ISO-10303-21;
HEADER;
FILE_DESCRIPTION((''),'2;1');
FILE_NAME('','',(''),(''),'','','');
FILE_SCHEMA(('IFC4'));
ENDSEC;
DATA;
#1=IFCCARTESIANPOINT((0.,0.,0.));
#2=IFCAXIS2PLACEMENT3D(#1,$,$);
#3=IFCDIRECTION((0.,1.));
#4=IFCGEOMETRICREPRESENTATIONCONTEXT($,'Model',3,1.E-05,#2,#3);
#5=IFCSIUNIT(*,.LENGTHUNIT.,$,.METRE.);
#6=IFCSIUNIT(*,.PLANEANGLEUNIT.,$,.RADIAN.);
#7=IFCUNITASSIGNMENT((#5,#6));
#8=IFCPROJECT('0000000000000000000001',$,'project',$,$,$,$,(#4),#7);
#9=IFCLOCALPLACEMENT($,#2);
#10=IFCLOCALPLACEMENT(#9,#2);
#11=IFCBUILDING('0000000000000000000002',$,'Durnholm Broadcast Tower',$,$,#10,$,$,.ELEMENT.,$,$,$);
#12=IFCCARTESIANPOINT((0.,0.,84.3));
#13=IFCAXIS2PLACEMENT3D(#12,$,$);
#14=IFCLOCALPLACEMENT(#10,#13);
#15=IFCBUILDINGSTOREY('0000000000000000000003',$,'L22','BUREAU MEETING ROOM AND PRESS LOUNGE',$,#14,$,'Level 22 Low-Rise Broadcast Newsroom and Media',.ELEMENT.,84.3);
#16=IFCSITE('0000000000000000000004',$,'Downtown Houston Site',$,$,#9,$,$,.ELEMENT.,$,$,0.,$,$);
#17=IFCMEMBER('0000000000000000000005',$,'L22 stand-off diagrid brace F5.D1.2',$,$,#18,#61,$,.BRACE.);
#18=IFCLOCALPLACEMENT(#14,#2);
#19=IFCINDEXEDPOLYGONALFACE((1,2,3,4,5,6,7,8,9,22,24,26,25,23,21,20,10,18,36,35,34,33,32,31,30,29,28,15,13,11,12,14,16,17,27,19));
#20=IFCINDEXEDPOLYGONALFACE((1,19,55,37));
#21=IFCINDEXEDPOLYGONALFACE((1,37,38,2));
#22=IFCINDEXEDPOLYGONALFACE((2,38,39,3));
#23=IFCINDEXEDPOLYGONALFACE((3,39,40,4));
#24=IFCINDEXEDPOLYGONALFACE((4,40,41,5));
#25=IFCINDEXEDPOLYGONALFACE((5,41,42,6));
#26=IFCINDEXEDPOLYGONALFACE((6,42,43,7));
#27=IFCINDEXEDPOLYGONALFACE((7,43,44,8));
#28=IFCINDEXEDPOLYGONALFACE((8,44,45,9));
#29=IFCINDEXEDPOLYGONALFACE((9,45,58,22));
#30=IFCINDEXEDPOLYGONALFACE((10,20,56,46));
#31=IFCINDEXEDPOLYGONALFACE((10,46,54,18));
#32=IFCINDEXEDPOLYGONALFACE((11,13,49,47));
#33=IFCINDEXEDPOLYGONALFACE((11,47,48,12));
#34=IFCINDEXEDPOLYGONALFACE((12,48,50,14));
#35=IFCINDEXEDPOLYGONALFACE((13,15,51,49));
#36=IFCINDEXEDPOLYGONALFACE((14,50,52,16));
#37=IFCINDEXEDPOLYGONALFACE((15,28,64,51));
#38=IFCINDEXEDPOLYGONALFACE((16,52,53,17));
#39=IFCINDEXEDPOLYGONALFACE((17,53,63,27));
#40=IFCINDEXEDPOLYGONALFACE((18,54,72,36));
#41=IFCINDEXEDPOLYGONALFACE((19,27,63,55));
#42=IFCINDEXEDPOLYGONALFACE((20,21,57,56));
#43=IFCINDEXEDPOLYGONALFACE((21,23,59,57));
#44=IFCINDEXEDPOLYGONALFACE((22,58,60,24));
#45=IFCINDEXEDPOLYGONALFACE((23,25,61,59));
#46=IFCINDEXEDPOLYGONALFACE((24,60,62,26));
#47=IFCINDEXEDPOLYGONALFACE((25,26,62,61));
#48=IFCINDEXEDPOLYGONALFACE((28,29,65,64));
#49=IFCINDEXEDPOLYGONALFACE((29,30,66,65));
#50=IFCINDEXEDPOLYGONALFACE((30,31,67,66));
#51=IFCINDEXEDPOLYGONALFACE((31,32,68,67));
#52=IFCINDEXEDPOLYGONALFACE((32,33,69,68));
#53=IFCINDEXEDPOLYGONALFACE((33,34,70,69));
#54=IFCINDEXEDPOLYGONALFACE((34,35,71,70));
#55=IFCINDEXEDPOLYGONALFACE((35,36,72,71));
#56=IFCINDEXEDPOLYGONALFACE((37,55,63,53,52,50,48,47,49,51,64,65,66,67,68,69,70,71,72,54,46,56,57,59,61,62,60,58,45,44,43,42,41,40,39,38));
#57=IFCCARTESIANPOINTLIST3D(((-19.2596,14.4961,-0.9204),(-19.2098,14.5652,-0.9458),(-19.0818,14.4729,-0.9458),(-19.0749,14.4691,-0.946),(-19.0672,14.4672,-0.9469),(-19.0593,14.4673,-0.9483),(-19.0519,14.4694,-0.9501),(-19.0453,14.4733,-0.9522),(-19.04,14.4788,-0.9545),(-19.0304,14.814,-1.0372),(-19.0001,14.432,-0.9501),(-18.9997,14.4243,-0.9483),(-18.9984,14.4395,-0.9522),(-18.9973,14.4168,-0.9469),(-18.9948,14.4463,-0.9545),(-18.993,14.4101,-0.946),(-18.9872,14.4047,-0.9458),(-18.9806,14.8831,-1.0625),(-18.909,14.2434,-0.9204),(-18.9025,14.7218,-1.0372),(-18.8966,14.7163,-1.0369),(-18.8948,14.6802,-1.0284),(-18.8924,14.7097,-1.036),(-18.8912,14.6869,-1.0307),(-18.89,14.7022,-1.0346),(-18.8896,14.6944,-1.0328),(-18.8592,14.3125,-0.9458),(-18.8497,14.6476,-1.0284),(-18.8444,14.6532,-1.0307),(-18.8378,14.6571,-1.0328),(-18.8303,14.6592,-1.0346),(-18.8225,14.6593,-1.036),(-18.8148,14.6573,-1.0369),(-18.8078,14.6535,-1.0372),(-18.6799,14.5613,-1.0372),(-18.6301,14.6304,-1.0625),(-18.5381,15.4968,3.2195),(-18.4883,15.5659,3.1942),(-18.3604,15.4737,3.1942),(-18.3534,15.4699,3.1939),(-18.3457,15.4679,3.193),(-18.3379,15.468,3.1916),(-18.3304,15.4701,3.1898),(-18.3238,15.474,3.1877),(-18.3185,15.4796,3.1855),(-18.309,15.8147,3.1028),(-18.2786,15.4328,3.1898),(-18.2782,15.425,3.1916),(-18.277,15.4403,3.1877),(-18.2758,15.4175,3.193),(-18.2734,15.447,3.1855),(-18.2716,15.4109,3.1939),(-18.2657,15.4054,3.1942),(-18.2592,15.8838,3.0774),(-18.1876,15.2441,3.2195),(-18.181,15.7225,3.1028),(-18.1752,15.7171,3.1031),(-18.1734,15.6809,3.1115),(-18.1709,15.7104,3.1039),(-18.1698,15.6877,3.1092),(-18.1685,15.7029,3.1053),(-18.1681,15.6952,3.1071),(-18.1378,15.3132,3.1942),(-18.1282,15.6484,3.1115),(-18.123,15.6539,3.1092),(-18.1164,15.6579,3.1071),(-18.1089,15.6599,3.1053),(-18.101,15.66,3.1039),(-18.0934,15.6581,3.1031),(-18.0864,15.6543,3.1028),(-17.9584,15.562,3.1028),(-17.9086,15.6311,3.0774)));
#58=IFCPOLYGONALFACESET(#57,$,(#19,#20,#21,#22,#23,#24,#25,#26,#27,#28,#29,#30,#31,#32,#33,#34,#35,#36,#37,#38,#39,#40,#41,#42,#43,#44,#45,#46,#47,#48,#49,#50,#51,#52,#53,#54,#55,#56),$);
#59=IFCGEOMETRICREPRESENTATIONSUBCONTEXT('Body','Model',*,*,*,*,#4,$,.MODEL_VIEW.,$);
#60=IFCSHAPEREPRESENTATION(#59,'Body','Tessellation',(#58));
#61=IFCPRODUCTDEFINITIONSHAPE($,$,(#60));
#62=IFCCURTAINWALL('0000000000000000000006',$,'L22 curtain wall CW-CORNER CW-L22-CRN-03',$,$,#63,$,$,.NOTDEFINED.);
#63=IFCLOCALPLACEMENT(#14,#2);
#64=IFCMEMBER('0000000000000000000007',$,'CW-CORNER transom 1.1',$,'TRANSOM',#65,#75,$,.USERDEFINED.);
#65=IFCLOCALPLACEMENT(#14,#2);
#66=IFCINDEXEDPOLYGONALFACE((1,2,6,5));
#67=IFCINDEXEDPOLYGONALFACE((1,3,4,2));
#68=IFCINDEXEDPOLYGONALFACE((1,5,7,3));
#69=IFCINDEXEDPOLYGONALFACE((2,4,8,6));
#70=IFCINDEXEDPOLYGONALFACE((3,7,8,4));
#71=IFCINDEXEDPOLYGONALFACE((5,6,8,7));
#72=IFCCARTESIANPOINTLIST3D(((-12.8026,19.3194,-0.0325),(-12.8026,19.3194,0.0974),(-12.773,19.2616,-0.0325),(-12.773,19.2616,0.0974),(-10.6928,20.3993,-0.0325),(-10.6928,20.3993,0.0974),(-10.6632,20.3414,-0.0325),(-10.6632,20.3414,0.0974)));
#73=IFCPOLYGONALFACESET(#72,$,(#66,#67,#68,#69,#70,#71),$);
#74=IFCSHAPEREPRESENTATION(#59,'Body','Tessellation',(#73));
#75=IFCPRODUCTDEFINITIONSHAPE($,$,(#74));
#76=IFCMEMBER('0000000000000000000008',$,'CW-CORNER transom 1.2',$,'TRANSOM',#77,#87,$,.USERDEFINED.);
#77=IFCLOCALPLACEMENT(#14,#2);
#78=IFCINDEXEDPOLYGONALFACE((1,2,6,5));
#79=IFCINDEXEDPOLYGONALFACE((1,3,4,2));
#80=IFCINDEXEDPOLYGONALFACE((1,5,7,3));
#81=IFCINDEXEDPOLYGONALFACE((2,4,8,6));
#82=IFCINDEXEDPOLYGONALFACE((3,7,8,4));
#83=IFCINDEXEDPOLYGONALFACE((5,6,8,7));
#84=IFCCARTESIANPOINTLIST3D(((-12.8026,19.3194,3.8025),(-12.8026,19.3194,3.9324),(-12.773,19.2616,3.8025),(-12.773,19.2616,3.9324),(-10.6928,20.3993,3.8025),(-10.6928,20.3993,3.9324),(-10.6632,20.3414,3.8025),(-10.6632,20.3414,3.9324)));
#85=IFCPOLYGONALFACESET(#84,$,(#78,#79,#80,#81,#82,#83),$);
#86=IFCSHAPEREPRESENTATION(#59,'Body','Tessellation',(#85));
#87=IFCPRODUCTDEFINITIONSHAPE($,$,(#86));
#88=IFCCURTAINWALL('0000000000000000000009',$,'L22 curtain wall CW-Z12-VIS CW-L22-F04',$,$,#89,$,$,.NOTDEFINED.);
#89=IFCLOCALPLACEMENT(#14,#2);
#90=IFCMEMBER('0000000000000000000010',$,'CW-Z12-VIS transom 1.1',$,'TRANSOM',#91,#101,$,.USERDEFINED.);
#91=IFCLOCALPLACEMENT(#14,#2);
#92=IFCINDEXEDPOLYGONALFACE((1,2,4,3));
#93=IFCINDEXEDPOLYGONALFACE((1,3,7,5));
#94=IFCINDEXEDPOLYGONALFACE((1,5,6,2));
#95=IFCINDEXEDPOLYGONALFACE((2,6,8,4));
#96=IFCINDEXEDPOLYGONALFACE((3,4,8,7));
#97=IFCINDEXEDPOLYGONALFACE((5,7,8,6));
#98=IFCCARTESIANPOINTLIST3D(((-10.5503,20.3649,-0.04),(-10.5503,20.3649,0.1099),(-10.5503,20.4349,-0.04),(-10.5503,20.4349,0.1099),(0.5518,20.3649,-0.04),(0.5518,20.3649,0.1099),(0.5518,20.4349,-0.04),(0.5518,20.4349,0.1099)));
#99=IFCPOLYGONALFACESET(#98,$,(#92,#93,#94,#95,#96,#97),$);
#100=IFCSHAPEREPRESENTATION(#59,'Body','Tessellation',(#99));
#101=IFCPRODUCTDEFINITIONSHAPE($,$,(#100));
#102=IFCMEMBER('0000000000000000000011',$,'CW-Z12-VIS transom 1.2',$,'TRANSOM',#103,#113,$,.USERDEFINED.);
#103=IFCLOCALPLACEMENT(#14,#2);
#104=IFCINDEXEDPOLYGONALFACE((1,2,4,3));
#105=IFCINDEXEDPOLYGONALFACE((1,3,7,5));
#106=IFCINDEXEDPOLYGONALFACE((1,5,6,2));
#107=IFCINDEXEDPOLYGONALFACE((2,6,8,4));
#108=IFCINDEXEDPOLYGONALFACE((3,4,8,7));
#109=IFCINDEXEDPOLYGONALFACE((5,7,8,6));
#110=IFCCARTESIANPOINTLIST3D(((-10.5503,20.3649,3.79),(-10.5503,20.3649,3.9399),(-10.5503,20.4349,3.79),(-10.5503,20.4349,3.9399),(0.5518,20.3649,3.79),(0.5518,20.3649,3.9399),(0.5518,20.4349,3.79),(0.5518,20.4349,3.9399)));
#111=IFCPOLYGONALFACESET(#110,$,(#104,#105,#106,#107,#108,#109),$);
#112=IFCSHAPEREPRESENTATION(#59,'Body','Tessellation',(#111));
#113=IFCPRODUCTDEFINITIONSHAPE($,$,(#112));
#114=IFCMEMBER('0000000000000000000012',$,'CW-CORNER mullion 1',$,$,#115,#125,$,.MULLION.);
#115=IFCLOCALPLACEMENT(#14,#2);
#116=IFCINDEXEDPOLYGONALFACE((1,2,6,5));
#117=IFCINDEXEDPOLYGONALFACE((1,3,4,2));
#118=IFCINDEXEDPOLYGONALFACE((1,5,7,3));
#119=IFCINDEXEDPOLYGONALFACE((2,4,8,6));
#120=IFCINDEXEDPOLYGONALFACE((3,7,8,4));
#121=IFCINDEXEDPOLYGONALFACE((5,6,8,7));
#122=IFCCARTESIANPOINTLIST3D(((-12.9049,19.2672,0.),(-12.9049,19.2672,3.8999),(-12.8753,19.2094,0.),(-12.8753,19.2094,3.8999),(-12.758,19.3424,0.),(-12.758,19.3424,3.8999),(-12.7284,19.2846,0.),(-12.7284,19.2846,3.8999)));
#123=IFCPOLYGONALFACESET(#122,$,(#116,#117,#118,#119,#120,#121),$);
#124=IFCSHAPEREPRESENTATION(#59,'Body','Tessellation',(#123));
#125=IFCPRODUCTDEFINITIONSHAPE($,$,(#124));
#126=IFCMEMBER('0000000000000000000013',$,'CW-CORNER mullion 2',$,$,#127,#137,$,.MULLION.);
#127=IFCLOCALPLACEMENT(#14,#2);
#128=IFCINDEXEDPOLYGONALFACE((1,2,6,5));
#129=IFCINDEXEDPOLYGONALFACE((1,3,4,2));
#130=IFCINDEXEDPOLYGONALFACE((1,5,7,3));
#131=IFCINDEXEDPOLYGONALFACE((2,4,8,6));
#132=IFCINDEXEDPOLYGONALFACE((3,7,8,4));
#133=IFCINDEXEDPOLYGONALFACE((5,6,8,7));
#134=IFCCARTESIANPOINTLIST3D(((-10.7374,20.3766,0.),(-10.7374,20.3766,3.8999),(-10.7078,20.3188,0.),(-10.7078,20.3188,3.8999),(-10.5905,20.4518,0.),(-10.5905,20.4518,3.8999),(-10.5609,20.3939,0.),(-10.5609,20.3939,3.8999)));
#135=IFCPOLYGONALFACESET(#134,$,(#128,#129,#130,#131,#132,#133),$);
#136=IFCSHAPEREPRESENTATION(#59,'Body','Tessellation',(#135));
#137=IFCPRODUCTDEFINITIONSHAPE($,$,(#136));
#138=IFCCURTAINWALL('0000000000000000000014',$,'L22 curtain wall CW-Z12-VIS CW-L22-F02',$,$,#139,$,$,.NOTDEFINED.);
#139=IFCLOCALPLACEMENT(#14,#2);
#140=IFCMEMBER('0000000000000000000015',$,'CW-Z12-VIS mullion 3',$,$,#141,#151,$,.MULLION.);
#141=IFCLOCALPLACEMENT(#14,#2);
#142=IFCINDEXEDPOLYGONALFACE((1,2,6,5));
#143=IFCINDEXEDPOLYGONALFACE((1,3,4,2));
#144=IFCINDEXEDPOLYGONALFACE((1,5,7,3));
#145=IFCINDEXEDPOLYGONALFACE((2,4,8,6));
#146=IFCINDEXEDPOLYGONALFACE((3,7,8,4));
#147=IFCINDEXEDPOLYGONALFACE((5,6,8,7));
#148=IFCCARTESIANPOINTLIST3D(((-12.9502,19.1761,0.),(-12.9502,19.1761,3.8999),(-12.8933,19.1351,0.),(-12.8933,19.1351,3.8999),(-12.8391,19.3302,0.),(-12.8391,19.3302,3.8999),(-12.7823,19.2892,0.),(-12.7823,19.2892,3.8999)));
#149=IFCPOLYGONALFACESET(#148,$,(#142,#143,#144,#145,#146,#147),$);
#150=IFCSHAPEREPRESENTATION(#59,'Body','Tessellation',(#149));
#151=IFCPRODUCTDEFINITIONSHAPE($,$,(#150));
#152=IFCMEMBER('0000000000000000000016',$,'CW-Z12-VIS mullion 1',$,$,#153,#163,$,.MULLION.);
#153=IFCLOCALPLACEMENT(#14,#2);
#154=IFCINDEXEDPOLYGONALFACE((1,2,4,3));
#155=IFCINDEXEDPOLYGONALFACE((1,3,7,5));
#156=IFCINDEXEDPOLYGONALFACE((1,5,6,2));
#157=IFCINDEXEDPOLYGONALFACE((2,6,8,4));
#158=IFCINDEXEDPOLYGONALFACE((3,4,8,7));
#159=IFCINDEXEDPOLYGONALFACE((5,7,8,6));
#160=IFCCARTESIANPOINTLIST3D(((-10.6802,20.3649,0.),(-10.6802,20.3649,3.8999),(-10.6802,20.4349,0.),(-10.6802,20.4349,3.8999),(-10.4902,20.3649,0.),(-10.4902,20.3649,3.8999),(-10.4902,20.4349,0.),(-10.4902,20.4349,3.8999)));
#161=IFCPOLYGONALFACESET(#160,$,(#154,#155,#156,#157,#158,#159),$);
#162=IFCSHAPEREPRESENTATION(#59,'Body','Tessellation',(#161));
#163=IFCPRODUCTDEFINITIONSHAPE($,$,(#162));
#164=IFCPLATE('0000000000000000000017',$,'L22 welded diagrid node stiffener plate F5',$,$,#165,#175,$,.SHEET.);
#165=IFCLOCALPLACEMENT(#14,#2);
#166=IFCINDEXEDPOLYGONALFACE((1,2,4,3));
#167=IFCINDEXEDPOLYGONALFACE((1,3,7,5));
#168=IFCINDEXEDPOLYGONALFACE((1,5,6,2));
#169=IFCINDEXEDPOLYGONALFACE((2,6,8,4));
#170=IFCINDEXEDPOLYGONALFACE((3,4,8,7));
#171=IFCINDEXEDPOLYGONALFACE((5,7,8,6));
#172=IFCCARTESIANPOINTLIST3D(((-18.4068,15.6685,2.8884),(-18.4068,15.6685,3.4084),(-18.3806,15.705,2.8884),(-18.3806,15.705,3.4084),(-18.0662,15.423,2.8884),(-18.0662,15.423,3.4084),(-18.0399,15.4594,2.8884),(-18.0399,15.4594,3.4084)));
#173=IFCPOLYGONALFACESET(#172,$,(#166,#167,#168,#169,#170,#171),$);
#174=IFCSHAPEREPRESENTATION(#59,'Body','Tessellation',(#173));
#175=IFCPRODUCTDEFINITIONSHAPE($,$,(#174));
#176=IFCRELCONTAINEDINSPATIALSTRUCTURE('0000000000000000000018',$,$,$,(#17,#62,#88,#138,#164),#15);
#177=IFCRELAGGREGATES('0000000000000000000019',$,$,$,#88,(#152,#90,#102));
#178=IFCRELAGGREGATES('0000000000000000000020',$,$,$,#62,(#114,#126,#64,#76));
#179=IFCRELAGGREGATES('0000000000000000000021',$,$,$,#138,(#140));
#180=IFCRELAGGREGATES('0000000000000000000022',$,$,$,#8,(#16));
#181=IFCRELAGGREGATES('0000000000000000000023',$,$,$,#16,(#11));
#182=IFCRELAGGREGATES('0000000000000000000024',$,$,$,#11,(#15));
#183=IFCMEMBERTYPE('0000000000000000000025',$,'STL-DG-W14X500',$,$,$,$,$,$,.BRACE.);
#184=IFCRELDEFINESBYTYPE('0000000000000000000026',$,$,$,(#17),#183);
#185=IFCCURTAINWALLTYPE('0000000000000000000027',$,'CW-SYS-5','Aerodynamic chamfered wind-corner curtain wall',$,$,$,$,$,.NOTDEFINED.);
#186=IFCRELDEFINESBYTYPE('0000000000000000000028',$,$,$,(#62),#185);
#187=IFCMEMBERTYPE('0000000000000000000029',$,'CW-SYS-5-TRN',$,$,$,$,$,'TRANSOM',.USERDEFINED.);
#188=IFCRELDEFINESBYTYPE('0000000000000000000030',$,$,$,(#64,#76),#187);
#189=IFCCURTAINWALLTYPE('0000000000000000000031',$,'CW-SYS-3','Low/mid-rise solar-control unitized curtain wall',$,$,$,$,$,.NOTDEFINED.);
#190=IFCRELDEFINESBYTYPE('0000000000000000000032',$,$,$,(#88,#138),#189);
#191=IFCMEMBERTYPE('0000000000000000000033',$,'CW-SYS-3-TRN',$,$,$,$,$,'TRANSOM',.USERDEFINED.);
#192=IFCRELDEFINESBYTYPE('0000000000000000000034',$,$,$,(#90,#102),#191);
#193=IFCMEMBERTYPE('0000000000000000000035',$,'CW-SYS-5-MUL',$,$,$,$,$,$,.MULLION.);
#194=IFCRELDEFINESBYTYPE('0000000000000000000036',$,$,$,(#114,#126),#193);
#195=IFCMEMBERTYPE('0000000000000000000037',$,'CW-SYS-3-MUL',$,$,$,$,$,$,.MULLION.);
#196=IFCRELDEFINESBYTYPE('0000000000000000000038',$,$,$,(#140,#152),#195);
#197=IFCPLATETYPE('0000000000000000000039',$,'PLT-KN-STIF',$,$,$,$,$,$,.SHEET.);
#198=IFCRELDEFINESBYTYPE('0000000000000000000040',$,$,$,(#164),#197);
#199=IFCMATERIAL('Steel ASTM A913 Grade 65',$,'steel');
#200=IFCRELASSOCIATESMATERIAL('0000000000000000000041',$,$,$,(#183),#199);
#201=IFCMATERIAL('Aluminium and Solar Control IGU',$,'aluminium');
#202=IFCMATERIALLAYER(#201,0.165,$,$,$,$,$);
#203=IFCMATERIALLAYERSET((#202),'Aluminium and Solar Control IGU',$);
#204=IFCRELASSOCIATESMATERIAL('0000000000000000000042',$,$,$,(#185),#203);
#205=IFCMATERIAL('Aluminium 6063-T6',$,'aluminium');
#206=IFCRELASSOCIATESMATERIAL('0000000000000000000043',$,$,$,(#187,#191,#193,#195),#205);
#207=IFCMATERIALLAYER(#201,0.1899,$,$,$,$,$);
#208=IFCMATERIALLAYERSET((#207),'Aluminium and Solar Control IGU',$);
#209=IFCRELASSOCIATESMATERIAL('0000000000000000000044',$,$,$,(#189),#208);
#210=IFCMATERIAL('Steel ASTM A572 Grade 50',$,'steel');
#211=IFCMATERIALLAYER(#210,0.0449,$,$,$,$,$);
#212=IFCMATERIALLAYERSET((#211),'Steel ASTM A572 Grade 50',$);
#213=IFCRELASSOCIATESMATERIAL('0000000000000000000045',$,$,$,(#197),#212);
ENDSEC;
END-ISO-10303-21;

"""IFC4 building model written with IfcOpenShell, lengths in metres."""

from ifc_helpers import new_model, si_unit, direction, frame, origin, origin_2d, place, context, subcontext, project, spatial, rectangle, i_section, extrude, source, transform, mapped, material, layer, layer_set, material_profile, profile_set, type_object, type_shapes, element, aggregate, save


model = new_model("IFC4")

# Units and contexts
model_context = context("Model", 3, precision=1e-05, world=origin(), true_north=direction((0.0, 1.0)))
body_context = subcontext(model_context, "Body", "Model", "MODEL_VIEW")
ifc_project = project(units=[si_unit("LENGTHUNIT", "METRE"), si_unit("PLANEANGLEUNIT", "RADIAN")], contexts=[model_context])

# Site, building, storey
site_placement = place(None, origin())
site = spatial("IfcSite", under=ifc_project, at=site_placement, Name="Downtown Houston Site", CompositionType="ELEMENT", RefElevation=0.0)
building_placement = place(site_placement, origin())
building = spatial("IfcBuilding", under=site, at=building_placement, Name="Durnholm Broadcast Tower", CompositionType="ELEMENT")
storey_placement = place(building_placement, frame((0.0, 0.0, 84.3)))
storey = spatial("IfcBuildingStorey", under=building, at=storey_placement, Name="L22", Description="BUREAU MEETING ROOM AND PRESS LOUNGE", LongName="Level 22 Low-Rise Broadcast Newsroom and Media", CompositionType="ELEMENT", Elevation=84.3)

# Member
ifc_material_1 = material(Name="Steel ASTM A913 Grade 65", Category="steel")
ifc_material_profile_1 = material_profile(ifc_material_1, i_section(OverallWidth=0.4321, OverallDepth=0.4978, WebThickness=0.0557, FlangeThickness=0.0889, FilletRadius=0.0305, at=origin_2d()), Name="W14X500")
ifc_profile_set_1 = profile_set([ifc_material_profile_1], Name="Steel ASTM A913 Grade 65")
member_type_1 = type_object("IfcMemberType", Name="STL-DG-W14X500", PredefinedType="BRACE", material=ifc_profile_set_1)
shared_shape_1 = source(origin(), body_context, "Body", "SweptSolid", [
    extrude(i_section(OverallWidth=0.4321, OverallDepth=0.4978, WebThickness=0.0557, FlangeThickness=0.0889, FilletRadius=0.0305, at=origin_2d()), origin(), (0.0, 0.0, 1.0), 4.3198),
])
type_shapes(member_type_1, [shared_shape_1])
for number, where, z_axis, x_axis, name in (
    (1, (-18.9448, 14.5632, -0.9915), (0.167007, 0.231662, 0.958354), (-0.811185, 0.584789, 0.0), "L22 stand-off diagrid brace F5.D1.2"),
):
    element("IfcMember", number, at=place(storey_placement, frame(where, z_axis=z_axis, x_axis=x_axis)), inside=storey, type_object=member_type_1, Name=name, PredefinedType="BRACE", context=body_context, shape_type="MappedRepresentation", body=[
        mapped(shared_shape_1, transform((0.0, 0.0, 0.0), x_axis=(1.0, 0.0, 0.0), y_axis=(0.0, 1.0, 0.0), z_axis=(0.0, 0.0, 1.0), scale=1.0)),
    ])

# Curtain walls, members
ifc_material_2 = material(Name="Aluminium and Solar Control IGU", Category="aluminium")
ifc_layer_1 = layer(ifc_material_2, 0.165)
ifc_layer_set_1 = layer_set([ifc_layer_1], Name="Aluminium and Solar Control IGU")
curtain_wall_type_1 = type_object("IfcCurtainWallType", Name="CW-SYS-5", Description="Aerodynamic chamfered wind-corner curtain wall", PredefinedType="NOTDEFINED", material=ifc_layer_set_1)
curtain_wall_1_placement = place(storey_placement, origin())
curtain_wall_1 = element("IfcCurtainWall", 2, at=curtain_wall_1_placement, inside=storey, type_object=curtain_wall_type_1, Name="L22 curtain wall CW-CORNER CW-L22-CRN-03", PredefinedType="NOTDEFINED")
ifc_material_3 = material(Name="Aluminium 6063-T6", Category="aluminium")
ifc_material_profile_2 = material_profile(ifc_material_3, rectangle(XDim=0.0649, YDim=0.1299, at=origin_2d()), Name="CWT65X130")
ifc_profile_set_2 = profile_set([ifc_material_profile_2], Name="Aluminium 6063-T6")
member_type_2 = type_object("IfcMemberType", Name="CW-SYS-5-TRN", ElementType="TRANSOM", PredefinedType="USERDEFINED", material=ifc_profile_set_2)
shared_shape_2 = source(origin(), body_context, "Body", "SweptSolid", [
    extrude(rectangle(XDim=0.0649, YDim=0.1299, at=origin_2d()), origin(), (0.0, 0.0, 1.0), 2.3701),
])
type_shapes(member_type_2, [shared_shape_2])
member_1_placement = place(storey_placement, frame((-12.7878, 19.2905, 0.0325), z_axis=(0.890185, 0.455599, 0.0), x_axis=(-0.455599, 0.890185, 0.0)))
member_1 = element("IfcMember", 3, at=member_1_placement, type_object=member_type_2, Name="CW-CORNER transom 1.1", ObjectType="TRANSOM", PredefinedType="USERDEFINED", context=body_context, shape_type="MappedRepresentation", body=[
    mapped(shared_shape_2, transform((0.0, 0.0, 0.0), x_axis=(1.0, 0.0, 0.0), y_axis=(0.0, 1.0, 0.0), z_axis=(0.0, 0.0, 1.0), scale=1.0)),
])
member_2_placement = place(storey_placement, frame((-12.7878, 19.2905, 3.8674), z_axis=(0.890185, 0.455599, 0.0), x_axis=(-0.455599, 0.890185, 0.0)))
member_2 = element("IfcMember", 4, at=member_2_placement, type_object=member_type_2, Name="CW-CORNER transom 1.2", ObjectType="TRANSOM", PredefinedType="USERDEFINED", context=body_context, shape_type="MappedRepresentation", body=[
    mapped(shared_shape_2, transform((0.0, 0.0, 0.0), x_axis=(1.0, 0.0, 0.0), y_axis=(0.0, 1.0, 0.0), z_axis=(0.0, 0.0, 1.0), scale=1.0)),
])
ifc_layer_2 = layer(ifc_material_2, 0.1899)
ifc_layer_set_2 = layer_set([ifc_layer_2], Name="Aluminium and Solar Control IGU")
curtain_wall_type_2 = type_object("IfcCurtainWallType", Name="CW-SYS-3", Description="Low/mid-rise solar-control unitized curtain wall", PredefinedType="NOTDEFINED", material=ifc_layer_set_2)
curtain_wall_2_placement = place(storey_placement, origin())
curtain_wall_2 = element("IfcCurtainWall", 5, at=curtain_wall_2_placement, inside=storey, type_object=curtain_wall_type_2, Name="L22 curtain wall CW-Z12-VIS CW-L22-F04", PredefinedType="NOTDEFINED")
ifc_material_profile_3 = material_profile(ifc_material_3, rectangle(XDim=0.0701, YDim=0.1499, at=origin_2d()), Name="CWT70X150")
ifc_profile_set_3 = profile_set([ifc_material_profile_3], Name="Aluminium 6063-T6")
member_type_3 = type_object("IfcMemberType", Name="CW-SYS-3-TRN", ElementType="TRANSOM", PredefinedType="USERDEFINED", material=ifc_profile_set_3)
shared_shape_3 = source(origin(), body_context, "Body", "SweptSolid", [
    extrude(rectangle(XDim=0.0701, YDim=0.1499, at=origin_2d()), origin(), (0.0, 0.0, 1.0), 11.1021),
])
type_shapes(member_type_3, [shared_shape_3])
member_3_placement = place(storey_placement, frame((-10.5503, 20.3999, 0.0349), z_axis=(1.0, 0.0, 0.0), x_axis=(0.0, 1.0, 0.0)))
member_3 = element("IfcMember", 6, at=member_3_placement, type_object=member_type_3, Name="CW-Z12-VIS transom 1.1", ObjectType="TRANSOM", PredefinedType="USERDEFINED", context=body_context, shape_type="MappedRepresentation", body=[
    mapped(shared_shape_3, transform((0.0, 0.0, 0.0), x_axis=(1.0, 0.0, 0.0), y_axis=(0.0, 1.0, 0.0), z_axis=(0.0, 0.0, 1.0), scale=1.0)),
])
member_4_placement = place(storey_placement, frame((-10.5503, 20.3999, 3.865), z_axis=(1.0, 0.0, 0.0), x_axis=(0.0, 1.0, 0.0)))
member_4 = element("IfcMember", 7, at=member_4_placement, type_object=member_type_3, Name="CW-Z12-VIS transom 1.2", ObjectType="TRANSOM", PredefinedType="USERDEFINED", context=body_context, shape_type="MappedRepresentation", body=[
    mapped(shared_shape_3, transform((0.0, 0.0, 0.0), x_axis=(1.0, 0.0, 0.0), y_axis=(0.0, 1.0, 0.0), z_axis=(0.0, 0.0, 1.0), scale=1.0)),
])

# Members
ifc_material_profile_4 = material_profile(ifc_material_3, rectangle(XDim=0.0649, YDim=0.165, at=origin_2d()), Name="CWM65X165")
ifc_profile_set_4 = profile_set([ifc_material_profile_4], Name="Aluminium 6063-T6")
member_type_4 = type_object("IfcMemberType", Name="CW-SYS-5-MUL", PredefinedType="MULLION", material=ifc_profile_set_4)
shared_shape_4 = source(origin(), body_context, "Body", "SweptSolid", [
    extrude(rectangle(XDim=0.0649, YDim=0.165, at=origin_2d()), origin(), (0.0, 0.0, 1.0), 3.8999),
])
type_shapes(member_type_4, [shared_shape_4])
member_5_placement = place(storey_placement, frame((-12.8167, 19.2759, 0.0), z_axis=(0.0, 0.0, 1.0), x_axis=(-0.455594, 0.890188, 0.0)))
member_5 = element("IfcMember", 8, at=member_5_placement, type_object=member_type_4, Name="CW-CORNER mullion 1", PredefinedType="MULLION", context=body_context, shape_type="MappedRepresentation", body=[
    mapped(shared_shape_4, transform((0.0, 0.0, 0.0), x_axis=(1.0, 0.0, 0.0), y_axis=(0.0, 1.0, 0.0), z_axis=(0.0, 0.0, 1.0), scale=1.0)),
])
member_6_placement = place(storey_placement, frame((-10.6492, 20.3853, 0.0), z_axis=(0.0, 0.0, 1.0), x_axis=(-0.455594, 0.890188, 0.0)))
member_6 = element("IfcMember", 9, at=member_6_placement, type_object=member_type_4, Name="CW-CORNER mullion 2", PredefinedType="MULLION", context=body_context, shape_type="MappedRepresentation", body=[
    mapped(shared_shape_4, transform((0.0, 0.0, 0.0), x_axis=(1.0, 0.0, 0.0), y_axis=(0.0, 1.0, 0.0), z_axis=(0.0, 0.0, 1.0), scale=1.0)),
])

# Curtain wall, member
curtain_wall_3_placement = place(storey_placement, origin())
curtain_wall_3 = element("IfcCurtainWall", 10, at=curtain_wall_3_placement, inside=storey, type_object=curtain_wall_type_2, Name="L22 curtain wall CW-Z12-VIS CW-L22-F02", PredefinedType="NOTDEFINED")
ifc_material_profile_5 = material_profile(ifc_material_3, rectangle(XDim=0.0701, YDim=0.1899, at=origin_2d()), Name="CWM70X190")
ifc_profile_set_5 = profile_set([ifc_material_profile_5], Name="Aluminium 6063-T6")
member_type_5 = type_object("IfcMemberType", Name="CW-SYS-3-MUL", PredefinedType="MULLION", material=ifc_profile_set_5)
shared_shape_5 = source(origin(), body_context, "Body", "SweptSolid", [
    extrude(rectangle(XDim=0.0701, YDim=0.1899, at=origin_2d()), origin(), (0.0, 0.0, 1.0), 3.8999),
])
type_shapes(member_type_5, [shared_shape_5])
member_7_placement = place(storey_placement, frame((-12.8662, 19.2327, 0.0), z_axis=(0.0, 0.0, 1.0), x_axis=(-0.811161, 0.584823, 0.0)))
member_7 = element("IfcMember", 11, at=member_7_placement, type_object=member_type_5, Name="CW-Z12-VIS mullion 3", PredefinedType="MULLION", context=body_context, shape_type="MappedRepresentation", body=[
    mapped(shared_shape_5, transform((0.0, 0.0, 0.0), x_axis=(1.0, 0.0, 0.0), y_axis=(0.0, 1.0, 0.0), z_axis=(0.0, 0.0, 1.0), scale=1.0)),
])

# Member
member_8_placement = place(storey_placement, frame((-10.5852, 20.3999, 0.0), z_axis=(0.0, 0.0, 1.0), x_axis=(0.0, 1.0, 0.0)))
member_8 = element("IfcMember", 12, at=member_8_placement, type_object=member_type_5, Name="CW-Z12-VIS mullion 1", PredefinedType="MULLION", context=body_context, shape_type="MappedRepresentation", body=[
    mapped(shared_shape_5, transform((0.0, 0.0, 0.0), x_axis=(1.0, 0.0, 0.0), y_axis=(0.0, 1.0, 0.0), z_axis=(0.0, 0.0, 1.0), scale=1.0)),
])
aggregate(curtain_wall_2, [member_8, member_3, member_4])

# Plate
ifc_material_4 = material(Name="Steel ASTM A572 Grade 50", Category="steel")
ifc_layer_3 = layer(ifc_material_4, 0.0449)
ifc_layer_set_3 = layer_set([ifc_layer_3], Name="Steel ASTM A572 Grade 50")
plate_type_1 = type_object("IfcPlateType", Name="PLT-KN-STIF", PredefinedType="SHEET", material=ifc_layer_set_3)
shared_shape_6 = source(origin(), body_context, "Body", "SweptSolid", [
    extrude(rectangle(XDim=0.0449, YDim=0.4199, at=origin_2d()), origin(), (0.0, 0.0, 1.0), 0.52),
])
type_shapes(plate_type_1, [shared_shape_6])
plate_1_placement = place(storey_placement, frame((-18.2234, 15.564, 2.8884), z_axis=(0.0, 0.0, 1.0), x_axis=(-0.584816, -0.811166, 0.0)))
element("IfcPlate", 13, at=plate_1_placement, inside=storey, type_object=plate_type_1, Name="L22 welded diagrid node stiffener plate F5", PredefinedType="SHEET", context=body_context, shape_type="MappedRepresentation", body=[
    mapped(shared_shape_6, transform((0.0, 0.0, 0.0), x_axis=(1.0, 0.0, 0.0), y_axis=(0.0, 1.0, 0.0), z_axis=(0.0, 0.0, 1.0), scale=1.0)),
])

aggregate(curtain_wall_1, [member_5, member_6, member_1, member_2])
aggregate(curtain_wall_3, [member_7])

save(model, "model.ifc")
